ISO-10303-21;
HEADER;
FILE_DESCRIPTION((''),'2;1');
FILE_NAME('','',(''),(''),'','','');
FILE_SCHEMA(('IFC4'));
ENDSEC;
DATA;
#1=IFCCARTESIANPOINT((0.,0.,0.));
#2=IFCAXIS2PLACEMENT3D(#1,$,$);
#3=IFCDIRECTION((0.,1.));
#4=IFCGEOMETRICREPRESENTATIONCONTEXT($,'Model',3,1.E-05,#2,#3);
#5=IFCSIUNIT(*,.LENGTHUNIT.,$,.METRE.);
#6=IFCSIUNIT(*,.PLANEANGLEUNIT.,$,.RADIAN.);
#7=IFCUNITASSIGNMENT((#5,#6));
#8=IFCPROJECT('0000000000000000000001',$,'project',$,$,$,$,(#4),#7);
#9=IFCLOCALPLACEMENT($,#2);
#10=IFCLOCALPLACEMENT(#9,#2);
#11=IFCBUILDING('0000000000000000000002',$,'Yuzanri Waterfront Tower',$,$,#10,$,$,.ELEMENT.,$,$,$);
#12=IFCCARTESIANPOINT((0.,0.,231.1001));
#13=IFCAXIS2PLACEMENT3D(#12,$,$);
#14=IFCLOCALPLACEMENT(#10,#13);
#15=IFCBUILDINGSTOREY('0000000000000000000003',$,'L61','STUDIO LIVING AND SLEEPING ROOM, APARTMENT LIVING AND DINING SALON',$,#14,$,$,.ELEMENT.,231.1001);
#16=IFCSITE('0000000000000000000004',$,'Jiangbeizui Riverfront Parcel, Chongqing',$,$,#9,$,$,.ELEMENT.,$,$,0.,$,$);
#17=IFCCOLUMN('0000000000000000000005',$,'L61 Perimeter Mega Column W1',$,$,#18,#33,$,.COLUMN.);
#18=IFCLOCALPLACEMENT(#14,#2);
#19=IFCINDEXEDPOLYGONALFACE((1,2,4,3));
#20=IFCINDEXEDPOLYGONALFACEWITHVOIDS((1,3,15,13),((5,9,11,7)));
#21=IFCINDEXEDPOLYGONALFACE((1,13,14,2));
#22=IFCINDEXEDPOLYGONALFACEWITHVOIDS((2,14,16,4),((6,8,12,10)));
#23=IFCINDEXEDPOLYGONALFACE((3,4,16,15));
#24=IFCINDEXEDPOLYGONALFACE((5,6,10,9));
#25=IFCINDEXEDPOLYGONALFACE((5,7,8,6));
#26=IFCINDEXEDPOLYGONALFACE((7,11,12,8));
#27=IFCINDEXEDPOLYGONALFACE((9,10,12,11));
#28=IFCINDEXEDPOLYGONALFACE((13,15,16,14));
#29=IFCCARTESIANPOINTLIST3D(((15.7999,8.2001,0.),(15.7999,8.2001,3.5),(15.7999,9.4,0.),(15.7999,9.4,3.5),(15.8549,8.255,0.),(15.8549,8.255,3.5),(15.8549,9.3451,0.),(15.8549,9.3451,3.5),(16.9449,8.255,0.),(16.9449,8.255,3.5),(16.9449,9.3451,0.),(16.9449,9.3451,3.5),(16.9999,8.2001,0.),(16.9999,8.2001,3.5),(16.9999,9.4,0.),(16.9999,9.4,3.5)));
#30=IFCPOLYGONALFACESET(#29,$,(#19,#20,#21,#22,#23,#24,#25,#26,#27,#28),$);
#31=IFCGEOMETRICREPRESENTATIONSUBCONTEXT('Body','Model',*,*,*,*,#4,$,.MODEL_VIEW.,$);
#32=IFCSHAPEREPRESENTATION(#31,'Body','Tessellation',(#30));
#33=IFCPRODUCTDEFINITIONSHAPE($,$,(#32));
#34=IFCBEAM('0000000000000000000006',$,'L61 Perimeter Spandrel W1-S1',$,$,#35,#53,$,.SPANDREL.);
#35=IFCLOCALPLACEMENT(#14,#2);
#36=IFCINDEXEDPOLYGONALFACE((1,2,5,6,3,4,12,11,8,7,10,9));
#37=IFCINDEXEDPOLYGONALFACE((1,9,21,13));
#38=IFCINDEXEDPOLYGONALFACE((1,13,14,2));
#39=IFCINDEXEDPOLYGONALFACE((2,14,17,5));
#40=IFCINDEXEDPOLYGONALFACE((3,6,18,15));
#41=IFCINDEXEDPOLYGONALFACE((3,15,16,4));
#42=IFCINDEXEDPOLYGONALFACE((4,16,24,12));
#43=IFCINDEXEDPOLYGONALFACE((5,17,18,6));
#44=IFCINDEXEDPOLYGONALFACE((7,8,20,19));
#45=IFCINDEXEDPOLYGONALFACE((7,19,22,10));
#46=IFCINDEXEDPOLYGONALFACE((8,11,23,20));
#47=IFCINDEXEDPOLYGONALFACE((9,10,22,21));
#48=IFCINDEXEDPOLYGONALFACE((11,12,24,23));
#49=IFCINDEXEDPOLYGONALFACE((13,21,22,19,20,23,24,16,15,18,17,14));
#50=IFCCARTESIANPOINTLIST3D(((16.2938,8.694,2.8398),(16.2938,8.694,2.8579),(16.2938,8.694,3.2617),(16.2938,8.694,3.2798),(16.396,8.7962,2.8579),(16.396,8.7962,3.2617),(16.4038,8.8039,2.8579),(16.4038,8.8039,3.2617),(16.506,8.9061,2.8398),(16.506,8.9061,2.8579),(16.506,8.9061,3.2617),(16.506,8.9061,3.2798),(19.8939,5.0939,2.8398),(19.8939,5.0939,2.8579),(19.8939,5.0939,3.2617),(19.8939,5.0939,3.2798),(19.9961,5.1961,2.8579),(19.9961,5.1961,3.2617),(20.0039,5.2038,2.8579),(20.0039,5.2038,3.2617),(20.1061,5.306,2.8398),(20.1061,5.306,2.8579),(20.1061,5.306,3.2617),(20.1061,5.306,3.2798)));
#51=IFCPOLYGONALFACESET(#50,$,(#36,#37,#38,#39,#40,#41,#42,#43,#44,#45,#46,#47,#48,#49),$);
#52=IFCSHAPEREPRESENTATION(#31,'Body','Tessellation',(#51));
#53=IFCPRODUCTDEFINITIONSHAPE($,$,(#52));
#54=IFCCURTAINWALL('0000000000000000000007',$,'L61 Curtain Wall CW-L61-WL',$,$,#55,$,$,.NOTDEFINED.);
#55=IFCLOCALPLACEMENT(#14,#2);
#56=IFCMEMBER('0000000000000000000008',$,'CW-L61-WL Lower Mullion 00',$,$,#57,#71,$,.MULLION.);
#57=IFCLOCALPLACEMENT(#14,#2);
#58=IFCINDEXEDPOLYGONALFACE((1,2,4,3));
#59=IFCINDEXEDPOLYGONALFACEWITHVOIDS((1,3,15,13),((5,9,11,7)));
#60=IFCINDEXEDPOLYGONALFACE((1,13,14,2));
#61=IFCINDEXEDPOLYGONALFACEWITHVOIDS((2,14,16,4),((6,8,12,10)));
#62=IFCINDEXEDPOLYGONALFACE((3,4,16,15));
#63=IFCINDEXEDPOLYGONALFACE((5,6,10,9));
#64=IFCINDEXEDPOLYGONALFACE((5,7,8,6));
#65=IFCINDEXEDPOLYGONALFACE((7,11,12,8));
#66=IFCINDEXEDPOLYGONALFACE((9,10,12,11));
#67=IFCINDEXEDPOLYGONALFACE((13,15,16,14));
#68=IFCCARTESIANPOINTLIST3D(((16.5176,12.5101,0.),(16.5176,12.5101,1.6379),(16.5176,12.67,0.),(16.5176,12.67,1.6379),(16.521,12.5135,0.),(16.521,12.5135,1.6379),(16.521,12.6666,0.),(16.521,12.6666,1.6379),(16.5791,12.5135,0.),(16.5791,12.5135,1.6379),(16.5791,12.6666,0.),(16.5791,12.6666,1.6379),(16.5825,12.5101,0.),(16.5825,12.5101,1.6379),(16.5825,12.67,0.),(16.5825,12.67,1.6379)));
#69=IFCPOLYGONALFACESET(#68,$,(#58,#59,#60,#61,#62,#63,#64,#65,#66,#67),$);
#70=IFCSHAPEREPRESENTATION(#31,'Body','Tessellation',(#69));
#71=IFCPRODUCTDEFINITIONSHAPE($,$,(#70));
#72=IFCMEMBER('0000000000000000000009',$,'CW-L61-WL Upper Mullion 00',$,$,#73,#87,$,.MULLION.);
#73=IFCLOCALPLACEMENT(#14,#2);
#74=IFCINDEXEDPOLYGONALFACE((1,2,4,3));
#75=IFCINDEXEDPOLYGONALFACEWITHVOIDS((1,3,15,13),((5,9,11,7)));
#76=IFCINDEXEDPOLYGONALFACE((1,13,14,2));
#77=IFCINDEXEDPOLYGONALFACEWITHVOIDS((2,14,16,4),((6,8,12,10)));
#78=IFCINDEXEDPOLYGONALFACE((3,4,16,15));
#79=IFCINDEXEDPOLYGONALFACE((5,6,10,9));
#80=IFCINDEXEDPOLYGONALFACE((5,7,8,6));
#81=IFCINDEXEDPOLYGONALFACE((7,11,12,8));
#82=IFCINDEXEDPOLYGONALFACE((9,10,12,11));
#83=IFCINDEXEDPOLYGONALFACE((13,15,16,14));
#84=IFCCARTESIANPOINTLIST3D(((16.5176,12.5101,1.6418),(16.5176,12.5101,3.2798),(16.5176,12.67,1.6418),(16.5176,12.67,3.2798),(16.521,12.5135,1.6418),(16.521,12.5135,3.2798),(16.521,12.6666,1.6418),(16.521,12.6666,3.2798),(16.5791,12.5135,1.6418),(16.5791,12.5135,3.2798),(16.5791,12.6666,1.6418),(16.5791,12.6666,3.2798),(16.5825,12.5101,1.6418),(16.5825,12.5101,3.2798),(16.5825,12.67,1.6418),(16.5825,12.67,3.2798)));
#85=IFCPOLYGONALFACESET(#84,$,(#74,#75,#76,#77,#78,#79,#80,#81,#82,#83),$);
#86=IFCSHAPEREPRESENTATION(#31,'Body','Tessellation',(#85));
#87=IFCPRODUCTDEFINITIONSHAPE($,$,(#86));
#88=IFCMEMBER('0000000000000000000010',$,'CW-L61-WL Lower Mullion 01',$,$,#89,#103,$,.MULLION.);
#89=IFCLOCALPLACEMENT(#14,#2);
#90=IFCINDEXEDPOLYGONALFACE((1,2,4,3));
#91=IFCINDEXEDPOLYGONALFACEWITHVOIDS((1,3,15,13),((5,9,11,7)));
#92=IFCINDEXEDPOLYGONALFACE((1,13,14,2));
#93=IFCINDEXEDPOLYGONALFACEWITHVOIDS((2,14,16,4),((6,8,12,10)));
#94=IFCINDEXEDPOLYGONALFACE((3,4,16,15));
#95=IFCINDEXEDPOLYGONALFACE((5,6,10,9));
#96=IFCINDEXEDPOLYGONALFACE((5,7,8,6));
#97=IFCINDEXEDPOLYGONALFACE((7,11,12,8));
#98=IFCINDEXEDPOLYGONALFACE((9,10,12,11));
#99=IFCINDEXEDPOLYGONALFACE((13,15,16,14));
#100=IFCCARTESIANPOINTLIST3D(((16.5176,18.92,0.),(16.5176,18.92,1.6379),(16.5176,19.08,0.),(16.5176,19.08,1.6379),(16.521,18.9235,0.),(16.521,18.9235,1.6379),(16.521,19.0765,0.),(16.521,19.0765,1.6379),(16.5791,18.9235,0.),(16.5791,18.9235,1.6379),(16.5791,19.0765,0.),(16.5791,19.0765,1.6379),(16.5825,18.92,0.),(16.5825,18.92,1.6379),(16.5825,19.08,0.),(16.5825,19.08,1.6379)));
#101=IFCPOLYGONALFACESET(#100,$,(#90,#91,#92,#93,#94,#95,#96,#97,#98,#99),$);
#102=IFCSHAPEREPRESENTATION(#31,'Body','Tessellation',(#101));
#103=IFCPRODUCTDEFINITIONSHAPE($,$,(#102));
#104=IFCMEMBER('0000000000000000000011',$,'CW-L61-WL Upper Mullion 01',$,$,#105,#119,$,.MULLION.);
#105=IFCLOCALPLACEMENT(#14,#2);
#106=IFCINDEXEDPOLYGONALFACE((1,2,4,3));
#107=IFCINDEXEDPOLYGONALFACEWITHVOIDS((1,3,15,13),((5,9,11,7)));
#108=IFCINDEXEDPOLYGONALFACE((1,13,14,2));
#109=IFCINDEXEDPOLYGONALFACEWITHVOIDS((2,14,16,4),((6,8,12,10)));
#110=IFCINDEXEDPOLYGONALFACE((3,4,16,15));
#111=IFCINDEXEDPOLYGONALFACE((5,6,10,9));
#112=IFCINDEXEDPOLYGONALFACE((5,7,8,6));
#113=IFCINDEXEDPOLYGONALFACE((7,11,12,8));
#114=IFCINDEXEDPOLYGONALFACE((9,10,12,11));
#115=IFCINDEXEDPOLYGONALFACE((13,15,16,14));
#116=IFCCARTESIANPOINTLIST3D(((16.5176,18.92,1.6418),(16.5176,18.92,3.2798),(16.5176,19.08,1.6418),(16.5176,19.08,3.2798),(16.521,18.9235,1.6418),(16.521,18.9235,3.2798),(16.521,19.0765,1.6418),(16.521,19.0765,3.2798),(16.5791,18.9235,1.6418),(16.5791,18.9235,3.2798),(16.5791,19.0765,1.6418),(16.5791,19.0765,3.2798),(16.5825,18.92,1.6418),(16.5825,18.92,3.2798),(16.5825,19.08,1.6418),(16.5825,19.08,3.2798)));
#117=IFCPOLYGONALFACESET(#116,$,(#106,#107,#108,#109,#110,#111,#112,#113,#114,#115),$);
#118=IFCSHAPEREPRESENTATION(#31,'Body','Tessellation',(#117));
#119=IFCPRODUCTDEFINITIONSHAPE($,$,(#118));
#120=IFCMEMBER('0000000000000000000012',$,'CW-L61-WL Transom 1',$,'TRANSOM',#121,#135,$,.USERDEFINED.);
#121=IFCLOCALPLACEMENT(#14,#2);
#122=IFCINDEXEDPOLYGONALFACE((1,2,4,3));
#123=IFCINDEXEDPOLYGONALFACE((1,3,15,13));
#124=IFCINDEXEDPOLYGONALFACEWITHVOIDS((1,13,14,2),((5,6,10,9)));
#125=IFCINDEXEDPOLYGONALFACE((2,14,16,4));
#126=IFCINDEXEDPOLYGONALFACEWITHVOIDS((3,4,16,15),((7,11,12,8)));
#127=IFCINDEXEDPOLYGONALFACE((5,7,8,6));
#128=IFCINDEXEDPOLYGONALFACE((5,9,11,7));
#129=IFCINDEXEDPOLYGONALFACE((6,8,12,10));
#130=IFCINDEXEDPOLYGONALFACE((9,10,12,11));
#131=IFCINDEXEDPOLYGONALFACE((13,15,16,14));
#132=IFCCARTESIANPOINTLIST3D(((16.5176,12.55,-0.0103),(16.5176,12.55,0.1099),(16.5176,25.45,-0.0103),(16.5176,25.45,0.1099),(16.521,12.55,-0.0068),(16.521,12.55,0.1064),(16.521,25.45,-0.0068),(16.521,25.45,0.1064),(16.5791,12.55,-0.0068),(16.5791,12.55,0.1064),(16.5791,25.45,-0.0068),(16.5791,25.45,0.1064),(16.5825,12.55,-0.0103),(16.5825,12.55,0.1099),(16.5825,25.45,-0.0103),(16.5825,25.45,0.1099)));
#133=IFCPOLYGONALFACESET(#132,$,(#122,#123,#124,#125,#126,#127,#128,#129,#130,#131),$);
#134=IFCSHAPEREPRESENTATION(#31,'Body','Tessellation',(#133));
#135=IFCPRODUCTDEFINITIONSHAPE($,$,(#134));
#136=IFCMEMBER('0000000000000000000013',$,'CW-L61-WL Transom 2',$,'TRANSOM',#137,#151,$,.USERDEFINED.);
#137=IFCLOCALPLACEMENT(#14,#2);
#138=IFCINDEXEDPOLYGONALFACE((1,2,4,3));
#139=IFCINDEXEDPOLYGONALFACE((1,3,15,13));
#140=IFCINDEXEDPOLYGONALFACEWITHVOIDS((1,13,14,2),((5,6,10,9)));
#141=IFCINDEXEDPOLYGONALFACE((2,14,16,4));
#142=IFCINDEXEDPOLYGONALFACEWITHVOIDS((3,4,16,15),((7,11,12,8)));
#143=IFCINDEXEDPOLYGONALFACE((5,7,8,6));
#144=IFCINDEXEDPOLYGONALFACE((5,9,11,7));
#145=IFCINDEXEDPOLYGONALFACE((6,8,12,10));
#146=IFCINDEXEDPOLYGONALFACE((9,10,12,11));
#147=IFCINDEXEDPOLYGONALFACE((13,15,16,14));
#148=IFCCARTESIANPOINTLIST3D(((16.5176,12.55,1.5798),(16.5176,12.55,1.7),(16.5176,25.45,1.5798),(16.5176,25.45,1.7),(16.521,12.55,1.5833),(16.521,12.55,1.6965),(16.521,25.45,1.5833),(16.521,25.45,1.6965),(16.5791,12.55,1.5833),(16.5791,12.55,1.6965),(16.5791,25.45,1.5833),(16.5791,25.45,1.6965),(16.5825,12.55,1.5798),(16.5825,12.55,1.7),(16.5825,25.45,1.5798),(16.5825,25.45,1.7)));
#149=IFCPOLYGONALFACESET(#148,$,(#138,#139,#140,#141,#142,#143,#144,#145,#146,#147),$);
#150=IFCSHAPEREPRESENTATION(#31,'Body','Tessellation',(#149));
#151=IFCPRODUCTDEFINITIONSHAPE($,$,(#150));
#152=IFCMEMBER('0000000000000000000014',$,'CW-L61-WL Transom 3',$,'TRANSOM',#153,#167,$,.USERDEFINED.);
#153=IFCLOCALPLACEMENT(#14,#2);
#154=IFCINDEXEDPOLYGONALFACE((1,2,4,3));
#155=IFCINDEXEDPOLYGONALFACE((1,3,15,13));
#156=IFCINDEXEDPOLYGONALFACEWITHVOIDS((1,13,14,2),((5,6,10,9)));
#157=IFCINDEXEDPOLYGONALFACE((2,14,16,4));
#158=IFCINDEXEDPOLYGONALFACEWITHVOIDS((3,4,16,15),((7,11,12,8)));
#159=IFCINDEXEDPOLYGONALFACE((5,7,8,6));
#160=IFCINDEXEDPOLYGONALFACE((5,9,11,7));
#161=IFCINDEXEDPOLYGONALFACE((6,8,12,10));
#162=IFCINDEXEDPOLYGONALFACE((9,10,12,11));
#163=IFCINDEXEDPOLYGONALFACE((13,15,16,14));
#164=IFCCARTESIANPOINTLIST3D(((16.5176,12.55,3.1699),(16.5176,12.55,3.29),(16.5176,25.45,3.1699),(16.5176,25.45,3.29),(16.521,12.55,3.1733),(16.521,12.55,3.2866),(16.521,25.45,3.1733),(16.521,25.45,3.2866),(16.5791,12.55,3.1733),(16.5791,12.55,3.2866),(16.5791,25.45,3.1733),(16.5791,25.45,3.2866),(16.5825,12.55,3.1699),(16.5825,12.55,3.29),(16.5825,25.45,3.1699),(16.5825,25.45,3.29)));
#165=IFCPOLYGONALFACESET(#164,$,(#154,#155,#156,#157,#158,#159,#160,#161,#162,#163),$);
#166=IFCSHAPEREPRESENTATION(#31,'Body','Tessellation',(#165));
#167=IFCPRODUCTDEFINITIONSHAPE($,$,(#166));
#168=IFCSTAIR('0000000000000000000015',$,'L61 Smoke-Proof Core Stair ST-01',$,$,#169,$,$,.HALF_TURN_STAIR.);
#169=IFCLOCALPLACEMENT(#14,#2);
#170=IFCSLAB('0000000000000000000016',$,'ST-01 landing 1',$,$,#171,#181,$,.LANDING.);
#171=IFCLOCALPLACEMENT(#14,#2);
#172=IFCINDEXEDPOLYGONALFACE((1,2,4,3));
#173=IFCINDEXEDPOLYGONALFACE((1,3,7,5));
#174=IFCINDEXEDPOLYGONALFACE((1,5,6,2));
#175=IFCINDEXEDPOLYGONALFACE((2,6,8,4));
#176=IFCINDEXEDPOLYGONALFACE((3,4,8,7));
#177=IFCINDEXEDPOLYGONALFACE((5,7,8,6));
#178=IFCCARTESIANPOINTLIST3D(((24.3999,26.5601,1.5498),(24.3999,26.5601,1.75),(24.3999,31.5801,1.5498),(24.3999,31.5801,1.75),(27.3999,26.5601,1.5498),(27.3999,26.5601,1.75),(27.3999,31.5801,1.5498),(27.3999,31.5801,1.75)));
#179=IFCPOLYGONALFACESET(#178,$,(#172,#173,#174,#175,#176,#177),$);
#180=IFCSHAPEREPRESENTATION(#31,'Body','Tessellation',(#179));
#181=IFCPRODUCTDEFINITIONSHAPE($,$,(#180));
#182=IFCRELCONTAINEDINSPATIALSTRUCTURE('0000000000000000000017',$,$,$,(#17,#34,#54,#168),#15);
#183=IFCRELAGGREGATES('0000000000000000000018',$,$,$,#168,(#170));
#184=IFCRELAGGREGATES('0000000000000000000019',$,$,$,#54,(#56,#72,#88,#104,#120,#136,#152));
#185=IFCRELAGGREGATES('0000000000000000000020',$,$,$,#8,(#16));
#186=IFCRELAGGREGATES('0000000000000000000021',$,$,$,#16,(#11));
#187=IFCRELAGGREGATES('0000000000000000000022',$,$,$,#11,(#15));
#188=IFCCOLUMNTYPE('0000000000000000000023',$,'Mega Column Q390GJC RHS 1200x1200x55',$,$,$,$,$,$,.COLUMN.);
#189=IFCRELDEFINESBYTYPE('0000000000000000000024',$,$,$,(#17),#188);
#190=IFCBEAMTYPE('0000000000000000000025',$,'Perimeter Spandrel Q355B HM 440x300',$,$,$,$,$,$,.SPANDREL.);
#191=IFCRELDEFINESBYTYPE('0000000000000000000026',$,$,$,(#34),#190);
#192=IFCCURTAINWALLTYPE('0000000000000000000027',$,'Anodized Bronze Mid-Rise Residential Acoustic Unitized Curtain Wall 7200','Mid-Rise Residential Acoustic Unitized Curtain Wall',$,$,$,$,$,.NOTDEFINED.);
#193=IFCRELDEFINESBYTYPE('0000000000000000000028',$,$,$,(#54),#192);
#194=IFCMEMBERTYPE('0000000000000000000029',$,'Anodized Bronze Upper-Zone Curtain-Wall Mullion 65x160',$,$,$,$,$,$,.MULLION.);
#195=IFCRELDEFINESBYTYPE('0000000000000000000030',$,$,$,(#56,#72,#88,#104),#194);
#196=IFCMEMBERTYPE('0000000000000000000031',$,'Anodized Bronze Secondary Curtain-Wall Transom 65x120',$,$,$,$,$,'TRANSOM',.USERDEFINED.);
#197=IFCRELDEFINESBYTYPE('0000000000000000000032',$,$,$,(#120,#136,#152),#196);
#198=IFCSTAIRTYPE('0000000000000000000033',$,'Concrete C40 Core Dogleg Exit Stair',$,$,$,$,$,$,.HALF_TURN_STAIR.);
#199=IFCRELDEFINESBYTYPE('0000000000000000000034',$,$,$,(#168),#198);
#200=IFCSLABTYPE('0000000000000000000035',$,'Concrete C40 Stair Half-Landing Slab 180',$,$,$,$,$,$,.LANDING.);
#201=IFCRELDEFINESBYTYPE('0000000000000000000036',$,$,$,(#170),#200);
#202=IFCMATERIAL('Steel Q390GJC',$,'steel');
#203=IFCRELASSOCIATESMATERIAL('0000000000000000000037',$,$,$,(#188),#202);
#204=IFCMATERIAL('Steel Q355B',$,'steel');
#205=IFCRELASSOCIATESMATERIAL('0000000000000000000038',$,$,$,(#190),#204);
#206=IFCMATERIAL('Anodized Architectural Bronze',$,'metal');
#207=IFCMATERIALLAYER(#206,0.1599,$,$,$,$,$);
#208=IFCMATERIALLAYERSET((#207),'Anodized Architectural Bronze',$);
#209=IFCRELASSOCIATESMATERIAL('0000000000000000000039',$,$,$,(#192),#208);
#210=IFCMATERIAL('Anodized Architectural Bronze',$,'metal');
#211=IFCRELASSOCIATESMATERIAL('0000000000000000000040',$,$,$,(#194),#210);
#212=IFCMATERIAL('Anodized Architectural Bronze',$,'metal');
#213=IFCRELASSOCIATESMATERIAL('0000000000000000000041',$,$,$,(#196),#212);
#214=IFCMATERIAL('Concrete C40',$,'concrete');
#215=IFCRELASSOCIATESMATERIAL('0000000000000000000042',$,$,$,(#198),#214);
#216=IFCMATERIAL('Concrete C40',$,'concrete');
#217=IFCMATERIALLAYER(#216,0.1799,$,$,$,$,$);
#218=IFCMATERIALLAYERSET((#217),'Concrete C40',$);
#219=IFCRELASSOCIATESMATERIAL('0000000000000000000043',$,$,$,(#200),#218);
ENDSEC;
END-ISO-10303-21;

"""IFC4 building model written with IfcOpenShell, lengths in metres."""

from ifc_helpers import new_model, si_unit, direction, frame, origin, origin_2d, place, context, subcontext, project, spatial, polyline, hollow_rectangle, i_section, outline, extrude, source, transform, mapped, material, layer, layer_set, material_profile, profile_set, type_object, element, aggregate, save


model = new_model("IFC4")

# Units and contexts
model_context = context("Model", 3, precision=1e-05, world=origin(), true_north=direction((0.0, 1.0)))
body_context = subcontext(model_context, "Body", "Model", "MODEL_VIEW")
ifc_project = project(units=[si_unit("LENGTHUNIT", "METRE"), si_unit("PLANEANGLEUNIT", "RADIAN")], contexts=[model_context])

# Site, building, storey
site_placement = place(None, origin())
site = spatial("IfcSite", under=ifc_project, at=site_placement, Name="Jiangbeizui Riverfront Parcel, Chongqing", CompositionType="ELEMENT", RefElevation=0.0)
building_placement = place(site_placement, origin())
building = spatial("IfcBuilding", under=site, at=building_placement, Name="Yuzanri Waterfront Tower", CompositionType="ELEMENT")
storey_placement = place(building_placement, frame((0.0, 0.0, 231.1001)))
storey = spatial("IfcBuildingStorey", under=building, at=storey_placement, Name="L61", Description="STUDIO LIVING AND SLEEPING ROOM, APARTMENT LIVING AND DINING SALON", CompositionType="ELEMENT", Elevation=231.1001)

# Column
ifc_material_1 = material(Name="Steel Q390GJC", Category="steel")
ifc_material_profile_1 = material_profile(ifc_material_1, hollow_rectangle(XDim=1.2, YDim=1.2, WallThickness=0.0549, at=origin_2d()), Name="RHS 1200x1200x55")
ifc_profile_set_1 = profile_set([ifc_material_profile_1], Name="Steel Q390GJC")
column_type = type_object("IfcColumnType", Name="Mega Column Q390GJC RHS 1200x1200x55", PredefinedType="COLUMN", material=ifc_profile_set_1)
shared_shape_1 = source(origin(), body_context, "Body", "SweptSolid", [
    extrude(hollow_rectangle(XDim=1.2, YDim=1.2, WallThickness=0.0549, at=origin_2d()), origin(), (0.0, 0.0, 1.0), 3.5),
])
column_placement = place(storey_placement, frame((16.3999, 8.8, 0.0), z_axis=(0.0, 0.0, 1.0), x_axis=(1.0, 0.0, 0.0)))
element("IfcColumn", 1, at=column_placement, inside=storey, type_object=column_type, Name="L61 Perimeter Mega Column W1", PredefinedType="COLUMN", context=body_context, shape_type="MappedRepresentation", body=[
    mapped(shared_shape_1, transform((0.0, 0.0, 0.0), scale=1.0)),
])

# Beam
ifc_material_2 = material(Name="Steel Q355B", Category="steel")
ifc_material_profile_2 = material_profile(ifc_material_2, i_section(OverallWidth=0.3, OverallDepth=0.4399, WebThickness=0.011, FlangeThickness=0.0181, at=origin_2d()), Name="HM 440x300x11x18")
ifc_profile_set_2 = profile_set([ifc_material_profile_2], Name="Steel Q355B")
beam_type = type_object("IfcBeamType", Name="Perimeter Spandrel Q355B HM 440x300", PredefinedType="SPANDREL", material=ifc_profile_set_2)
shared_shape_2 = source(origin(), body_context, "Body", "SweptSolid", [
    extrude(i_section(OverallWidth=0.3, OverallDepth=0.4399, WebThickness=0.011, FlangeThickness=0.0181, at=origin_2d()), origin(), (0.0, 0.0, 1.0), 5.0913),
])
beam_placement = place(storey_placement, frame((16.3999, 8.8, 3.0598), z_axis=(0.707107, -0.707107, 0.0), x_axis=(0.707107, 0.707107, 0.0)))
element("IfcBeam", 2, at=beam_placement, inside=storey, type_object=beam_type, Name="L61 Perimeter Spandrel W1-S1", PredefinedType="SPANDREL", context=body_context, shape_type="MappedRepresentation", body=[
    mapped(shared_shape_2, transform((0.0, 0.0, 0.0), scale=1.0)),
])

# Curtain wall, members
ifc_material_3 = material(Name="Anodized Architectural Bronze", Category="metal")
ifc_layer_1 = layer(ifc_material_3, 0.1599)
ifc_layer_set_1 = layer_set([ifc_layer_1], Name="Anodized Architectural Bronze")
curtain_wall_type = type_object("IfcCurtainWallType", Name="Anodized Bronze Mid-Rise Residential Acoustic Unitized Curtain Wall 7200", Description="Mid-Rise Residential Acoustic Unitized Curtain Wall", PredefinedType="NOTDEFINED", material=ifc_layer_set_1)
curtain_wall_placement = place(storey_placement, origin())
curtain_wall = element("IfcCurtainWall", 3, at=curtain_wall_placement, inside=storey, type_object=curtain_wall_type, Name="L61 Curtain Wall CW-L61-WL", PredefinedType="NOTDEFINED")
ifc_material_4 = material(Name="Anodized Architectural Bronze", Category="metal")
ifc_material_profile_3 = material_profile(ifc_material_4, hollow_rectangle(XDim=0.0649, YDim=0.1599, WallThickness=0.0034, at=origin_2d()), Name="CWM 65x160")
ifc_profile_set_3 = profile_set([ifc_material_profile_3], Name="Anodized Architectural Bronze")
member_type_1 = type_object("IfcMemberType", Name="Anodized Bronze Upper-Zone Curtain-Wall Mullion 65x160", PredefinedType="MULLION", material=ifc_profile_set_3)
shared_shape_3 = source(origin(), body_context, "Body", "SweptSolid", [
    extrude(hollow_rectangle(XDim=0.0649, YDim=0.1599, WallThickness=0.0034, at=origin_2d()), origin(), (0.0, 0.0, 1.0), 1.6379),
])
member_1_placement = place(storey_placement, frame((16.55, 12.5901, 0.0), z_axis=(0.0, 0.0, 1.0), x_axis=(1.0, 0.0, 0.0)))
member_1 = element("IfcMember", 4, at=member_1_placement, type_object=member_type_1, Name="CW-L61-WL Lower Mullion 00", PredefinedType="MULLION", context=body_context, shape_type="MappedRepresentation", body=[
    mapped(shared_shape_3, transform((0.0, 0.0, 0.0), scale=1.0)),
])
member_2_placement = place(storey_placement, frame((16.55, 12.5901, 1.6418), z_axis=(0.0, 0.0, 1.0), x_axis=(1.0, 0.0, 0.0)))
member_2 = element("IfcMember", 5, at=member_2_placement, type_object=member_type_1, Name="CW-L61-WL Upper Mullion 00", PredefinedType="MULLION", context=body_context, shape_type="MappedRepresentation", body=[
    mapped(shared_shape_3, transform((0.0, 0.0, 0.0), scale=1.0)),
])
member_3_placement = place(storey_placement, frame((16.55, 19.0, 0.0), z_axis=(0.0, 0.0, 1.0), x_axis=(1.0, 0.0, 0.0)))
member_3 = element("IfcMember", 6, at=member_3_placement, type_object=member_type_1, Name="CW-L61-WL Lower Mullion 01", PredefinedType="MULLION", context=body_context, shape_type="MappedRepresentation", body=[
    mapped(shared_shape_3, transform((0.0, 0.0, 0.0), scale=1.0)),
])
member_4_placement = place(storey_placement, frame((16.55, 19.0, 1.6418), z_axis=(0.0, 0.0, 1.0), x_axis=(1.0, 0.0, 0.0)))
member_4 = element("IfcMember", 7, at=member_4_placement, type_object=member_type_1, Name="CW-L61-WL Upper Mullion 01", PredefinedType="MULLION", context=body_context, shape_type="MappedRepresentation", body=[
    mapped(shared_shape_3, transform((0.0, 0.0, 0.0), scale=1.0)),
])
ifc_material_5 = material(Name="Anodized Architectural Bronze", Category="metal")
ifc_material_profile_4 = material_profile(ifc_material_5, hollow_rectangle(XDim=0.0649, YDim=0.1201, WallThickness=0.0034, at=origin_2d()), Name="CWT 65x120")
ifc_profile_set_4 = profile_set([ifc_material_profile_4], Name="Anodized Architectural Bronze")
member_type_2 = type_object("IfcMemberType", Name="Anodized Bronze Secondary Curtain-Wall Transom 65x120", ElementType="TRANSOM", PredefinedType="USERDEFINED", material=ifc_profile_set_4)
shared_shape_4 = source(origin(), body_context, "Body", "SweptSolid", [
    extrude(hollow_rectangle(XDim=0.0649, YDim=0.1201, WallThickness=0.0034, at=origin_2d()), origin(), (0.0, 0.0, 1.0), 12.8999),
])
member_5_placement = place(storey_placement, frame((16.55, 12.55, 0.0498), z_axis=(0.0, 1.0, 0.0), x_axis=(-1.0, 0.0, 0.0)))
member_5 = element("IfcMember", 8, at=member_5_placement, type_object=member_type_2, Name="CW-L61-WL Transom 1", ObjectType="TRANSOM", PredefinedType="USERDEFINED", context=body_context, shape_type="MappedRepresentation", body=[
    mapped(shared_shape_4, transform((0.0, 0.0, 0.0), scale=1.0)),
])
member_6_placement = place(storey_placement, frame((16.55, 12.55, 1.6399), z_axis=(0.0, 1.0, 0.0), x_axis=(-1.0, 0.0, 0.0)))
member_6 = element("IfcMember", 9, at=member_6_placement, type_object=member_type_2, Name="CW-L61-WL Transom 2", ObjectType="TRANSOM", PredefinedType="USERDEFINED", context=body_context, shape_type="MappedRepresentation", body=[
    mapped(shared_shape_4, transform((0.0, 0.0, 0.0), scale=1.0)),
])
member_7_placement = place(storey_placement, frame((16.55, 12.55, 3.23), z_axis=(0.0, 1.0, 0.0), x_axis=(-1.0, 0.0, 0.0)))
member_7 = element("IfcMember", 10, at=member_7_placement, type_object=member_type_2, Name="CW-L61-WL Transom 3", ObjectType="TRANSOM", PredefinedType="USERDEFINED", context=body_context, shape_type="MappedRepresentation", body=[
    mapped(shared_shape_4, transform((0.0, 0.0, 0.0), scale=1.0)),
])

# Stair, slab
ifc_material_6 = material(Name="Concrete C40", Category="concrete")
stair_type = type_object("IfcStairType", Name="Concrete C40 Core Dogleg Exit Stair", PredefinedType="HALF_TURN_STAIR", material=ifc_material_6)
stair_1_placement = place(storey_placement, origin())
stair_1 = element("IfcStair", 11, at=stair_1_placement, inside=storey, type_object=stair_type, Name="L61 Smoke-Proof Core Stair ST-01", PredefinedType="HALF_TURN_STAIR")
ifc_material_7 = material(Name="Concrete C40", Category="concrete")
ifc_layer_2 = layer(ifc_material_7, 0.1799)
ifc_layer_set_2 = layer_set([ifc_layer_2], Name="Concrete C40")
slab_type_1 = type_object("IfcSlabType", Name="Concrete C40 Stair Half-Landing Slab 180", PredefinedType="LANDING", material=ifc_layer_set_2)
slab_1_placement = place(storey_placement, frame((0.0, 0.0, 1.5498)))
slab_1 = element("IfcSlab", 12, at=slab_1_placement, type_object=slab_type_1, Name="ST-01 landing 1", PredefinedType="LANDING", context=body_context, shape_type="SweptSolid", body=[
    extrude(outline(polyline([(27.3999, 26.5601), (27.3999, 31.5801), (24.3999, 31.5801), (24.3999, 26.5601), (27.3999, 26.5601)])), origin(), (0.0, 0.0, 1.0), 0.2002),
])
aggregate(stair_1, [slab_1])

aggregate(curtain_wall, [member_1, member_2, member_3, member_4, member_5, member_6, member_7])

save(model, "model.ifc")
